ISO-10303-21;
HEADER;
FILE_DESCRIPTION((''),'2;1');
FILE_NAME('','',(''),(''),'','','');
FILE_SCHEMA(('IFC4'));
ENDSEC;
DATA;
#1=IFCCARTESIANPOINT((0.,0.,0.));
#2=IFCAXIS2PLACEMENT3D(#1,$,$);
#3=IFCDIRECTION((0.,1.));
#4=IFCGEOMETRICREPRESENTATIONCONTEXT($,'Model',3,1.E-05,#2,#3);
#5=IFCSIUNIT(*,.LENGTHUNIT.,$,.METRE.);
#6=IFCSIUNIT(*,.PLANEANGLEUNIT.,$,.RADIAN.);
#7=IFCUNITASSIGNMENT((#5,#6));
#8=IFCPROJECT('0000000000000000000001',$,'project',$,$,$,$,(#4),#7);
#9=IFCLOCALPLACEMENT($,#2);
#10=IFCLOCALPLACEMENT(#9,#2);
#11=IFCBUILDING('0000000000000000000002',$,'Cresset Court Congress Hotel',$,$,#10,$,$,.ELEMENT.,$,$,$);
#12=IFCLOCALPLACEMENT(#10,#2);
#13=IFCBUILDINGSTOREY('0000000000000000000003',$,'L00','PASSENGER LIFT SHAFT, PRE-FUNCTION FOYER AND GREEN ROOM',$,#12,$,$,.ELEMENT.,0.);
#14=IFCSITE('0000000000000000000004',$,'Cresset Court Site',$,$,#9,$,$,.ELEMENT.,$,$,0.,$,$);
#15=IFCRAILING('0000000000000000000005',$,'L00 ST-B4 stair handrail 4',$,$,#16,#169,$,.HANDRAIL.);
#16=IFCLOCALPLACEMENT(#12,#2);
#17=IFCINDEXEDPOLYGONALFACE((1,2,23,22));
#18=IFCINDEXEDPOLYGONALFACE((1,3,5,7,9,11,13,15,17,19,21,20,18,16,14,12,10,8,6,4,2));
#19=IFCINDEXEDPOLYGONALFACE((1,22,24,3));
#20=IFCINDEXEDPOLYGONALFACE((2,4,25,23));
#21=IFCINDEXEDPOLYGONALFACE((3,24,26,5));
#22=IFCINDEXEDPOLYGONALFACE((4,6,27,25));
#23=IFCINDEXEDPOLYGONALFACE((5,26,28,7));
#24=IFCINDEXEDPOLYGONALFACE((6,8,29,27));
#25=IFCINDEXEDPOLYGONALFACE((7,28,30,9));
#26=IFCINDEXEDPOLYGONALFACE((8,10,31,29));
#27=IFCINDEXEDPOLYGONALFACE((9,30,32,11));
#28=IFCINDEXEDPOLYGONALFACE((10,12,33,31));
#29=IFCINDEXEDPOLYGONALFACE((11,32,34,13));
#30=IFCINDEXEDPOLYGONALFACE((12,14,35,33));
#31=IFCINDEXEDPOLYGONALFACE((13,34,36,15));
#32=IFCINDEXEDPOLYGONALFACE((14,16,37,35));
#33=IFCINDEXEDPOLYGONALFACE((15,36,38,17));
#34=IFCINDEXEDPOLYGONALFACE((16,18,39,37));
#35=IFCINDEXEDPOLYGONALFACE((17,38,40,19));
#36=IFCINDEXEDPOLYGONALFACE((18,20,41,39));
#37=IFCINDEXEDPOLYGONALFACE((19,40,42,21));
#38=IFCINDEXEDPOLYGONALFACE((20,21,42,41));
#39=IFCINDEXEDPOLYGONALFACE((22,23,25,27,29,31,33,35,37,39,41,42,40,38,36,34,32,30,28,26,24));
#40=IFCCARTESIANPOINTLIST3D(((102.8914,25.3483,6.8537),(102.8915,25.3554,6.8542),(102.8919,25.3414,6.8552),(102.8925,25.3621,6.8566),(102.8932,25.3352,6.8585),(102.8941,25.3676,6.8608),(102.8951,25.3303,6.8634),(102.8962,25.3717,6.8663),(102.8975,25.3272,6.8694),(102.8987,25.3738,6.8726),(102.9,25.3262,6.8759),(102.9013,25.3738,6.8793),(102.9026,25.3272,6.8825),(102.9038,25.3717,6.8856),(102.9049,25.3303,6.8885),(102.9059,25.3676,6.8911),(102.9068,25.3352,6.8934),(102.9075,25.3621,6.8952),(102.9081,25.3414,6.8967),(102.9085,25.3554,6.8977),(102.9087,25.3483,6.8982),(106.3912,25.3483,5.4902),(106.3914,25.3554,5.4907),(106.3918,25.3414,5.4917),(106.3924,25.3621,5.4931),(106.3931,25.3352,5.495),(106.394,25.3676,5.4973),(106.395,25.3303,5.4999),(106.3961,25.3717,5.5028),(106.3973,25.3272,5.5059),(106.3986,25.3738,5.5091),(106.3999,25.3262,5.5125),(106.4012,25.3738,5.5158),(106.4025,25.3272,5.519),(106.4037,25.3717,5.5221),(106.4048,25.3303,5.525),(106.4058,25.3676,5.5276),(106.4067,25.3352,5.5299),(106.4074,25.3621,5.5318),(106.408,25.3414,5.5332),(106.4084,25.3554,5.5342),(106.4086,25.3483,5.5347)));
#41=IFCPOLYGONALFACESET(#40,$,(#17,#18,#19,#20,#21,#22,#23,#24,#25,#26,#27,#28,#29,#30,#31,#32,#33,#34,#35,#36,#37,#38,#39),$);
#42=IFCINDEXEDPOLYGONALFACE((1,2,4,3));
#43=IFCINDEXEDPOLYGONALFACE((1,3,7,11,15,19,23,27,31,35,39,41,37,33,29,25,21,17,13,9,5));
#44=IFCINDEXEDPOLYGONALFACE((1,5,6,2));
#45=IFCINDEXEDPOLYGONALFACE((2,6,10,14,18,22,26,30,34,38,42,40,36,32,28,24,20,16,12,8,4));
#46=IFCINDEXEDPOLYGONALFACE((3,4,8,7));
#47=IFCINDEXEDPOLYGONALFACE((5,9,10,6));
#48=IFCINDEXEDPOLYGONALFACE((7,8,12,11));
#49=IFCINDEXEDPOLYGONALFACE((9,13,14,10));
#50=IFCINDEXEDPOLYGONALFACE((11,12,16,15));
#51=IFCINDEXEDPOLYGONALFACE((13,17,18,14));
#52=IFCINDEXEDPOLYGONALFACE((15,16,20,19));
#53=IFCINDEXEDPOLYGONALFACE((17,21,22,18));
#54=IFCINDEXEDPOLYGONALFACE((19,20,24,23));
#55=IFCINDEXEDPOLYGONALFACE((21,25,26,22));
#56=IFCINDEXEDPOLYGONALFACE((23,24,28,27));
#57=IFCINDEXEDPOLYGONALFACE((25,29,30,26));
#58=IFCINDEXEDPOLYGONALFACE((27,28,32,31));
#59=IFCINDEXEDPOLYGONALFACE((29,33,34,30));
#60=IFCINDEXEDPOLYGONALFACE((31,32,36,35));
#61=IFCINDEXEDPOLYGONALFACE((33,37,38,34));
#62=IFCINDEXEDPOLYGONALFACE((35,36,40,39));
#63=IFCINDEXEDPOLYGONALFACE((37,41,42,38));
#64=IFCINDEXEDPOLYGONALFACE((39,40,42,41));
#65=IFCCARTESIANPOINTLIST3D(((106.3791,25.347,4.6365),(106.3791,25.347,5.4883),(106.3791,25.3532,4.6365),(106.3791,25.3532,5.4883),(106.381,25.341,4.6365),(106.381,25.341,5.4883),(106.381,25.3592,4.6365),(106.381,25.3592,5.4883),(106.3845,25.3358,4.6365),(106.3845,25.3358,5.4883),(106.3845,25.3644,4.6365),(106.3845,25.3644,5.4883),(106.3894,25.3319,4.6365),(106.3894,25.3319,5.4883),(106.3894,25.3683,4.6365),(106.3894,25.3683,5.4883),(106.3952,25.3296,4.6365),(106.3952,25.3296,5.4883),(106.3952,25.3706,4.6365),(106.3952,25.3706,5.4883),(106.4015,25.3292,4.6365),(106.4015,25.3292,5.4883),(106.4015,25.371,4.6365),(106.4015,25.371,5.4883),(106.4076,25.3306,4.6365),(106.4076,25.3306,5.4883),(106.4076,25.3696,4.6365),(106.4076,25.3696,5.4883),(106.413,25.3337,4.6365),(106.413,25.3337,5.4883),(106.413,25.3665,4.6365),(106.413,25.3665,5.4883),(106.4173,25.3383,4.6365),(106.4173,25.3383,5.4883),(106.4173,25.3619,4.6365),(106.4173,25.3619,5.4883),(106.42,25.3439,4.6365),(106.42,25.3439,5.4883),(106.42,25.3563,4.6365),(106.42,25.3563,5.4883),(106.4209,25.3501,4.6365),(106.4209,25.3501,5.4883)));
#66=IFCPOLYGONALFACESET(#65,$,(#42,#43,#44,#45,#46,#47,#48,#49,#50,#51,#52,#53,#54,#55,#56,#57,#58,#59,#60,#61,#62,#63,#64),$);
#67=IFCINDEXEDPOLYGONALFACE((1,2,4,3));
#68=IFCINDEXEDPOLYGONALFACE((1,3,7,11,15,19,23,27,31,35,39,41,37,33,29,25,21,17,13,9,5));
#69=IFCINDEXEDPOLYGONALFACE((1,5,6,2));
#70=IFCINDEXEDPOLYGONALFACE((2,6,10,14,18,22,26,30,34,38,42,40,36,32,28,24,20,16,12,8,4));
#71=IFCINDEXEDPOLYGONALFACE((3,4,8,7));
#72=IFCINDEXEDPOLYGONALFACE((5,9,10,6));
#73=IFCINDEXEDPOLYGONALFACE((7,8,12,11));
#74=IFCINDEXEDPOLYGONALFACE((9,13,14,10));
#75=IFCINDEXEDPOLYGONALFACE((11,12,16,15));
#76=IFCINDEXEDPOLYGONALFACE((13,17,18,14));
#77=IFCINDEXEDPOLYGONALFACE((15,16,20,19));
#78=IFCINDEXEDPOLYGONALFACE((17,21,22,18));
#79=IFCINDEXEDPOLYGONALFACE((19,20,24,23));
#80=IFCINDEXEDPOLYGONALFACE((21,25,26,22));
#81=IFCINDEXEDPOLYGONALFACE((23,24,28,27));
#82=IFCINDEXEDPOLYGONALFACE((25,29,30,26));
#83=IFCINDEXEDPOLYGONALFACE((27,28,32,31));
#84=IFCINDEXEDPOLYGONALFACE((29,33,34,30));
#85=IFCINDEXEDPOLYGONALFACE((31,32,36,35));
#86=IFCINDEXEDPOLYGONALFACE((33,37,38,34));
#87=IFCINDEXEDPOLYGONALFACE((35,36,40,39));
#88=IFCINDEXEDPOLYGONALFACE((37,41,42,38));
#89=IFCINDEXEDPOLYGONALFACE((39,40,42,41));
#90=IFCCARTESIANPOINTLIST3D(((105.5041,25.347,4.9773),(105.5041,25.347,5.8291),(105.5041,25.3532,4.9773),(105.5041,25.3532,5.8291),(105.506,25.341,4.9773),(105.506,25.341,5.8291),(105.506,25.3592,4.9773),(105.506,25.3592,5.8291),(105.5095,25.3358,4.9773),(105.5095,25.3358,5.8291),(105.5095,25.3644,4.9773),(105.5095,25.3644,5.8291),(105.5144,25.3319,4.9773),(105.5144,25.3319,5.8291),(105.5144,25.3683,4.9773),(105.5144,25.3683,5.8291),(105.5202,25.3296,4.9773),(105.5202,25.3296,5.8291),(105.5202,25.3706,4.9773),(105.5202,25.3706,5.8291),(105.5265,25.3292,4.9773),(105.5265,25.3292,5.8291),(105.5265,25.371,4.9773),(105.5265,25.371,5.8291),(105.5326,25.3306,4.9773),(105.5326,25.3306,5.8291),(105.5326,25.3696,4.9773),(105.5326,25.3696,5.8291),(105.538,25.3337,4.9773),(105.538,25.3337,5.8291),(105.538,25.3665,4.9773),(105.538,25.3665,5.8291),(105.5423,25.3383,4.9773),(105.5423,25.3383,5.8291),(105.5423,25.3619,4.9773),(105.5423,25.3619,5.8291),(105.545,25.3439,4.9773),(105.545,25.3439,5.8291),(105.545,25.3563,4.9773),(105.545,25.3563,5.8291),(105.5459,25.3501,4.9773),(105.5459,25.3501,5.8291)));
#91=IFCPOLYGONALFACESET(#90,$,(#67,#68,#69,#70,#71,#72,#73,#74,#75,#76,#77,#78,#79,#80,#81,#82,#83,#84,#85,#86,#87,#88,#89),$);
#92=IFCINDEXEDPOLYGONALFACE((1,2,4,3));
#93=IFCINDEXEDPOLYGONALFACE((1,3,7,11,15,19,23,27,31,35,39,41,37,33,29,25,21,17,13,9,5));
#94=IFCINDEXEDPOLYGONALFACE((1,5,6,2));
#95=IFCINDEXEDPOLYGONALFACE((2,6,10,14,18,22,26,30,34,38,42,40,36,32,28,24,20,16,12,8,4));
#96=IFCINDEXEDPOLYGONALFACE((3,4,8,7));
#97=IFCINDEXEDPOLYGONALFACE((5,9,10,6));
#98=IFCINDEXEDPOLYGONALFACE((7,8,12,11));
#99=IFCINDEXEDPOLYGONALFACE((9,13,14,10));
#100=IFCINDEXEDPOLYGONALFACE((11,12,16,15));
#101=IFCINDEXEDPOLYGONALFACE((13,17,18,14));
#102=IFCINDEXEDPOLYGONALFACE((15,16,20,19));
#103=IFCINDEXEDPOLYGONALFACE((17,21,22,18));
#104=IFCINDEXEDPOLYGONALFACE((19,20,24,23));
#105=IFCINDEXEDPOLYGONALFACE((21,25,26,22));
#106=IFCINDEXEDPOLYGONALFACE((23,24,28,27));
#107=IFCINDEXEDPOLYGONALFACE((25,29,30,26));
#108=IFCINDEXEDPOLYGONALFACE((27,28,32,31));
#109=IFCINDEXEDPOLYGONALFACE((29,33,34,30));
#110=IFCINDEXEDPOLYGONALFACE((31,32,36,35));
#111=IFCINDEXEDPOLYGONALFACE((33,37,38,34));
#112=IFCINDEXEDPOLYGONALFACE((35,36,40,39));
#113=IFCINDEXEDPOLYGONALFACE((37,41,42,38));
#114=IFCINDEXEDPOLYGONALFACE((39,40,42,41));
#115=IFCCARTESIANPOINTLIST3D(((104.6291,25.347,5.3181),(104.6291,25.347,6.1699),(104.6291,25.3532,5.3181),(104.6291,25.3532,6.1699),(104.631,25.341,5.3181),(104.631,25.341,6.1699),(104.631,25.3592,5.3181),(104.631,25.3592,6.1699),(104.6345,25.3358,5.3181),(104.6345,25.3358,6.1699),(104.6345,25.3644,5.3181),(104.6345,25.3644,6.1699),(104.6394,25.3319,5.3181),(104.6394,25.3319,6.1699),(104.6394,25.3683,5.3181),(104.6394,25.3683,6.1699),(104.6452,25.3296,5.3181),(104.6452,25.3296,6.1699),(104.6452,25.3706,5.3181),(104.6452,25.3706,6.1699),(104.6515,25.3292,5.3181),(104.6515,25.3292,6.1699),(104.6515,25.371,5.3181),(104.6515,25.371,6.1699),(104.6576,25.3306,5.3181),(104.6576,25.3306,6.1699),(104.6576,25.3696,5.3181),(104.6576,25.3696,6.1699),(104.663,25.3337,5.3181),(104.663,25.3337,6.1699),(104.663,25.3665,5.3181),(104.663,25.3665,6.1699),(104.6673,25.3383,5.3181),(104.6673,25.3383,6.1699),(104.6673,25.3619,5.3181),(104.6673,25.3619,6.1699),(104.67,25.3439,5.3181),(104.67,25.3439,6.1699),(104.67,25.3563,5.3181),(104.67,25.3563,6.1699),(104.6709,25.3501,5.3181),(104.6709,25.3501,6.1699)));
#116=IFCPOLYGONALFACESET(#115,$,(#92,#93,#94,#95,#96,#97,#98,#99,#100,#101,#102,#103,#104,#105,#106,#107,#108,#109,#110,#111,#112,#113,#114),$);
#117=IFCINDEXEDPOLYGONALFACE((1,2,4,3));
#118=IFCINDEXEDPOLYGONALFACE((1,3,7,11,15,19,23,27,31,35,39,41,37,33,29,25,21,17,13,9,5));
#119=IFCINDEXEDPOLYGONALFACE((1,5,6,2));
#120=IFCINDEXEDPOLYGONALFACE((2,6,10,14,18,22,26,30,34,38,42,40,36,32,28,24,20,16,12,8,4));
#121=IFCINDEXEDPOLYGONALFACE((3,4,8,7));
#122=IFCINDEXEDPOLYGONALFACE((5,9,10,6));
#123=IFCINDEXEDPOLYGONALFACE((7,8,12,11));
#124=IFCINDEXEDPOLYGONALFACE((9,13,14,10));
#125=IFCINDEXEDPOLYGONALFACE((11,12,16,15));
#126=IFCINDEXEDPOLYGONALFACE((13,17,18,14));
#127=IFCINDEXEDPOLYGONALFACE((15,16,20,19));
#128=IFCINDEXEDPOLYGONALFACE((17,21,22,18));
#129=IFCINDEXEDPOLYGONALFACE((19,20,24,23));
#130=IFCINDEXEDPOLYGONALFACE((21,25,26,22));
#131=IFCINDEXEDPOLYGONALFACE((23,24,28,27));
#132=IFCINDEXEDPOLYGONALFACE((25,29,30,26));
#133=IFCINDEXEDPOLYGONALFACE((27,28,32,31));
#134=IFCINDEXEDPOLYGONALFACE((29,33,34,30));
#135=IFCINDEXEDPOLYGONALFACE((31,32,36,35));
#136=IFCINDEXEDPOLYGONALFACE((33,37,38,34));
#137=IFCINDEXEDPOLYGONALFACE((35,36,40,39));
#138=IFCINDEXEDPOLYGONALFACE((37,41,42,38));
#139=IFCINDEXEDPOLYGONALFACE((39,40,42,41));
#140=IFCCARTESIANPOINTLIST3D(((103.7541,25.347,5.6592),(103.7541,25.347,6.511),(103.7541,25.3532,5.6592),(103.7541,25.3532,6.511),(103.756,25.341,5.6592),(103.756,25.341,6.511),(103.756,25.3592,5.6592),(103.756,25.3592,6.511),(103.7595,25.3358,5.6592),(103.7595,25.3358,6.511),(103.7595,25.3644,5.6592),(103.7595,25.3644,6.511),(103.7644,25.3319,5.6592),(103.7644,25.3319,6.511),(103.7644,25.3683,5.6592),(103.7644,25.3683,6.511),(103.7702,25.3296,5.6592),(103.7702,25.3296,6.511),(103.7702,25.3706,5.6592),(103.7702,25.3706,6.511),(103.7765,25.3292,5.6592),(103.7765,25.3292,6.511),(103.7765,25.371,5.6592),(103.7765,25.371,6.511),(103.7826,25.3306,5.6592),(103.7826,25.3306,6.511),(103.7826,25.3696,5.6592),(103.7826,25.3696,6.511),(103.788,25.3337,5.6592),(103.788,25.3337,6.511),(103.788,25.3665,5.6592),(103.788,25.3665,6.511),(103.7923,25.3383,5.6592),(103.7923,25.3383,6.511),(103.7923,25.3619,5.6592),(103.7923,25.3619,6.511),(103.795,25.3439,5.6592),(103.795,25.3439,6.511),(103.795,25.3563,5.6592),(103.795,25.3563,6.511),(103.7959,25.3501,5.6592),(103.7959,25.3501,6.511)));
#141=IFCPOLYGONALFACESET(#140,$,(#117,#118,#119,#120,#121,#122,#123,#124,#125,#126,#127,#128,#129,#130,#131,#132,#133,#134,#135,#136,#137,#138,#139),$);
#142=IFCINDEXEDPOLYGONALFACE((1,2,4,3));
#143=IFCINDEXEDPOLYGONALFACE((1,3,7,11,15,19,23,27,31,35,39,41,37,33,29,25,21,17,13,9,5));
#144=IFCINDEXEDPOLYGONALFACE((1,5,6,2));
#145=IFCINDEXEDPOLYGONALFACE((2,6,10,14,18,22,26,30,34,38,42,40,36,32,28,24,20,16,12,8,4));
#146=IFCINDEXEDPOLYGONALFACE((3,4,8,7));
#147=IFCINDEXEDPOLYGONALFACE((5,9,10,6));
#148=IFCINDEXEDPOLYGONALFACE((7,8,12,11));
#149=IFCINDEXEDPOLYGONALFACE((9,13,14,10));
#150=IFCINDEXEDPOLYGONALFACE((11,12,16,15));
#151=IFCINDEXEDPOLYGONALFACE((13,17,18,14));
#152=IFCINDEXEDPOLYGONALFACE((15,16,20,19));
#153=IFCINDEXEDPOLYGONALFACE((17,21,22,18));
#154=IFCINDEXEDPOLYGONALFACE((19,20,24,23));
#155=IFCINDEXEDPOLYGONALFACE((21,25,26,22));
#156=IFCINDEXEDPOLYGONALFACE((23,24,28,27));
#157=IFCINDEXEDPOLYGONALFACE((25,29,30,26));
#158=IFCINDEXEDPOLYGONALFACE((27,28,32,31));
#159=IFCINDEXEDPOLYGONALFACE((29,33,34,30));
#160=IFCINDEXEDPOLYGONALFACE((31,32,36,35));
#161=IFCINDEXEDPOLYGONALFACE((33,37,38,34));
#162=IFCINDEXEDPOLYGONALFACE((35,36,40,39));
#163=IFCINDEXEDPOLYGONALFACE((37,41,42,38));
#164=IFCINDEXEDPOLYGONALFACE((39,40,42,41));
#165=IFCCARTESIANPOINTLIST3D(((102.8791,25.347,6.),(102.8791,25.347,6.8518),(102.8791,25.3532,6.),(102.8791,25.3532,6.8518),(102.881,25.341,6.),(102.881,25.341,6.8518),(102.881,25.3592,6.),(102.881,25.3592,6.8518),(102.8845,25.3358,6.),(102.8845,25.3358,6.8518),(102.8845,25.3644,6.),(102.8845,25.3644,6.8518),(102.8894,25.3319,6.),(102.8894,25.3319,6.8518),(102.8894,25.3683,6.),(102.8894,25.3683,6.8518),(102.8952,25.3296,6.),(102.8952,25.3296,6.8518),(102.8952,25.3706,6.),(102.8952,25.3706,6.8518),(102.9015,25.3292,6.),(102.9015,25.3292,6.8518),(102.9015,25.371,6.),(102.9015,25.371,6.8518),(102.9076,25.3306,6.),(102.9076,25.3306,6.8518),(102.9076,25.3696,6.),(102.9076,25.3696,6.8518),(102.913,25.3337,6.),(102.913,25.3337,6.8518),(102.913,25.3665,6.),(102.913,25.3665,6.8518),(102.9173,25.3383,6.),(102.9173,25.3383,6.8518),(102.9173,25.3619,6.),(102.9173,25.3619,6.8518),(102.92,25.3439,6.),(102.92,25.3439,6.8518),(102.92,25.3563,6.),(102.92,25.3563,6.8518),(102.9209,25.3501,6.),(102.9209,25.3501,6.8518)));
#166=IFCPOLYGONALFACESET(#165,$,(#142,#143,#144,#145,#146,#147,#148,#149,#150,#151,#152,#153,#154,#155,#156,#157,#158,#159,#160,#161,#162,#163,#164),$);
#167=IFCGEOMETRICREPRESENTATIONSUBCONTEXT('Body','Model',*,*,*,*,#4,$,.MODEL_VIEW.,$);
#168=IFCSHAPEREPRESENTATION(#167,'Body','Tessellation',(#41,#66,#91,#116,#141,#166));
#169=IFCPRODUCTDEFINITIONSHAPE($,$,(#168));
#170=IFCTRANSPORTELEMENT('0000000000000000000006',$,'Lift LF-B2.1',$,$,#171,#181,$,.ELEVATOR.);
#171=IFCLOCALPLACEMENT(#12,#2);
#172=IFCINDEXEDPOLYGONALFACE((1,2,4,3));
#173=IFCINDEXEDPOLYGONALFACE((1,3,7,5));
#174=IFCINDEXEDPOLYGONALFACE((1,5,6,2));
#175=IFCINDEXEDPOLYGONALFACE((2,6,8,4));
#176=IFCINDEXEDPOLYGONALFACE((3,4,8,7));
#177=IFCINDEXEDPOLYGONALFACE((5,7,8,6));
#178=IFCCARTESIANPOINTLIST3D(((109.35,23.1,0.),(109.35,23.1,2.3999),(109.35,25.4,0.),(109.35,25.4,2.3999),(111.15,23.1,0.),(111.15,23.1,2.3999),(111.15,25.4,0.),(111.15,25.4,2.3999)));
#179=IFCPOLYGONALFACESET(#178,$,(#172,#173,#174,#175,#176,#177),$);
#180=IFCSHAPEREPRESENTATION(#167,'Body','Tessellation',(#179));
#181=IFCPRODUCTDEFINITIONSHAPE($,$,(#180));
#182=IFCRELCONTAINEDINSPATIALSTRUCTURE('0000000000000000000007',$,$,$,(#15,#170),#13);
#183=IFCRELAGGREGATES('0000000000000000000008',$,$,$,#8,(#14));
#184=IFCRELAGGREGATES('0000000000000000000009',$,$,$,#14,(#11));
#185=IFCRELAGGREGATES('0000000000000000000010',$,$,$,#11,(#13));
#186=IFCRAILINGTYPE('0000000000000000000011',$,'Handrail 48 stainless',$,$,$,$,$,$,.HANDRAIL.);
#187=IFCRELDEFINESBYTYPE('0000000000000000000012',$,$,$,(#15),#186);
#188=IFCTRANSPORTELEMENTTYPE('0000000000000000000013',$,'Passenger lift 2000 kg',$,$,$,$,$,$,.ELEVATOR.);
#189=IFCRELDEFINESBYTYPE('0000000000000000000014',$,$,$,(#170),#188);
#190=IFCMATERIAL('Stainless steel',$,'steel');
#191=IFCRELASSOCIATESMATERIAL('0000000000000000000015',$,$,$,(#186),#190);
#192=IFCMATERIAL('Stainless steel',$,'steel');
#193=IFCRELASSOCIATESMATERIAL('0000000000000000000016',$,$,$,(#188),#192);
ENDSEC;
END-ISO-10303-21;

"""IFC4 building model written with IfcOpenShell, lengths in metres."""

from ifc_helpers import new_model, si_unit, direction, frame, origin, origin_2d, place, context, subcontext, project, spatial, rectangle, circle, extrude, material, type_object, element, save


model = new_model("IFC4")

# Units and contexts
model_context = context("Model", 3, precision=1e-05, world=origin(), true_north=direction((0.0, 1.0)))
body_context = subcontext(model_context, "Body", "Model", "MODEL_VIEW")
ifc_project = project(units=[si_unit("LENGTHUNIT", "METRE"), si_unit("PLANEANGLEUNIT", "RADIAN")], contexts=[model_context])

# Site, building, storey
site_placement = place(None, origin())
site = spatial("IfcSite", under=ifc_project, at=site_placement, Name="Cresset Court Site", CompositionType="ELEMENT", RefElevation=0.0)
building_placement = place(site_placement, origin())
building = spatial("IfcBuilding", under=site, at=building_placement, Name="Cresset Court Congress Hotel", CompositionType="ELEMENT")
storey_placement = place(building_placement, origin())
storey = spatial("IfcBuildingStorey", under=building, at=storey_placement, Name="L00", Description="PASSENGER LIFT SHAFT, PRE-FUNCTION FOYER AND GREEN ROOM", CompositionType="ELEMENT", Elevation=0.0)

# Railing
ifc_material_1 = material(Name="Stainless steel", Category="steel")
railing_type_1 = type_object("IfcRailingType", Name="Handrail 48 stainless", PredefinedType="HANDRAIL", material=ifc_material_1)
railing_1_placement = place(storey_placement, frame((106.3999, 25.3501, 4.6365)))
element("IfcRailing", 1, at=railing_1_placement, inside=storey, type_object=railing_type_1, Name="L00 ST-B4 stair handrail 4", PredefinedType="HANDRAIL", context=body_context, shape_type="SweptSolid", body=[
    extrude(circle(Radius=0.0239, at=origin_2d()), frame((0.0, 0.0, 0.876), z_axis=(-0.931787, 0.0, 0.363005), x_axis=(0.0, -1.0, 0.0)), (0.0, 0.0, 1.0), 3.7561),
    extrude(circle(Radius=0.021, at=origin_2d()), origin(), (0.0, 0.0, 1.0), 0.8518),
    extrude(circle(Radius=0.021, at=origin_2d()), frame((-0.875, 0.0, 0.3408)), (0.0, 0.0, 1.0), 0.8518),
    extrude(circle(Radius=0.021, at=origin_2d()), frame((-1.75, 0.0, 0.6816)), (0.0, 0.0, 1.0), 0.8518),
    extrude(circle(Radius=0.021, at=origin_2d()), frame((-2.625, 0.0, 1.0227)), (0.0, 0.0, 1.0), 0.8518),
    extrude(circle(Radius=0.021, at=origin_2d()), frame((-3.5, 0.0, 1.3635)), (0.0, 0.0, 1.0), 0.8518),
])

# Transport element
ifc_material_2 = material(Name="Stainless steel", Category="steel")
transport_element_type = type_object("IfcTransportElementType", Name="Passenger lift 2000 kg", PredefinedType="ELEVATOR", material=ifc_material_2)
transport_element_placement = place(storey_placement, frame((110.25, 24.25, 0.0), z_axis=(0.0, 0.0, 1.0), x_axis=(1.0, 0.0, 0.0)))
element("IfcTransportElement", 2, at=transport_element_placement, inside=storey, type_object=transport_element_type, Name="Lift LF-B2.1", PredefinedType="ELEVATOR", context=body_context, shape_type="SweptSolid", body=[
    extrude(rectangle(XDim=1.8, YDim=2.3, at=origin_2d()), origin(), (0.0, 0.0, 1.0), 2.3999),
])

save(model, "model.ifc")
